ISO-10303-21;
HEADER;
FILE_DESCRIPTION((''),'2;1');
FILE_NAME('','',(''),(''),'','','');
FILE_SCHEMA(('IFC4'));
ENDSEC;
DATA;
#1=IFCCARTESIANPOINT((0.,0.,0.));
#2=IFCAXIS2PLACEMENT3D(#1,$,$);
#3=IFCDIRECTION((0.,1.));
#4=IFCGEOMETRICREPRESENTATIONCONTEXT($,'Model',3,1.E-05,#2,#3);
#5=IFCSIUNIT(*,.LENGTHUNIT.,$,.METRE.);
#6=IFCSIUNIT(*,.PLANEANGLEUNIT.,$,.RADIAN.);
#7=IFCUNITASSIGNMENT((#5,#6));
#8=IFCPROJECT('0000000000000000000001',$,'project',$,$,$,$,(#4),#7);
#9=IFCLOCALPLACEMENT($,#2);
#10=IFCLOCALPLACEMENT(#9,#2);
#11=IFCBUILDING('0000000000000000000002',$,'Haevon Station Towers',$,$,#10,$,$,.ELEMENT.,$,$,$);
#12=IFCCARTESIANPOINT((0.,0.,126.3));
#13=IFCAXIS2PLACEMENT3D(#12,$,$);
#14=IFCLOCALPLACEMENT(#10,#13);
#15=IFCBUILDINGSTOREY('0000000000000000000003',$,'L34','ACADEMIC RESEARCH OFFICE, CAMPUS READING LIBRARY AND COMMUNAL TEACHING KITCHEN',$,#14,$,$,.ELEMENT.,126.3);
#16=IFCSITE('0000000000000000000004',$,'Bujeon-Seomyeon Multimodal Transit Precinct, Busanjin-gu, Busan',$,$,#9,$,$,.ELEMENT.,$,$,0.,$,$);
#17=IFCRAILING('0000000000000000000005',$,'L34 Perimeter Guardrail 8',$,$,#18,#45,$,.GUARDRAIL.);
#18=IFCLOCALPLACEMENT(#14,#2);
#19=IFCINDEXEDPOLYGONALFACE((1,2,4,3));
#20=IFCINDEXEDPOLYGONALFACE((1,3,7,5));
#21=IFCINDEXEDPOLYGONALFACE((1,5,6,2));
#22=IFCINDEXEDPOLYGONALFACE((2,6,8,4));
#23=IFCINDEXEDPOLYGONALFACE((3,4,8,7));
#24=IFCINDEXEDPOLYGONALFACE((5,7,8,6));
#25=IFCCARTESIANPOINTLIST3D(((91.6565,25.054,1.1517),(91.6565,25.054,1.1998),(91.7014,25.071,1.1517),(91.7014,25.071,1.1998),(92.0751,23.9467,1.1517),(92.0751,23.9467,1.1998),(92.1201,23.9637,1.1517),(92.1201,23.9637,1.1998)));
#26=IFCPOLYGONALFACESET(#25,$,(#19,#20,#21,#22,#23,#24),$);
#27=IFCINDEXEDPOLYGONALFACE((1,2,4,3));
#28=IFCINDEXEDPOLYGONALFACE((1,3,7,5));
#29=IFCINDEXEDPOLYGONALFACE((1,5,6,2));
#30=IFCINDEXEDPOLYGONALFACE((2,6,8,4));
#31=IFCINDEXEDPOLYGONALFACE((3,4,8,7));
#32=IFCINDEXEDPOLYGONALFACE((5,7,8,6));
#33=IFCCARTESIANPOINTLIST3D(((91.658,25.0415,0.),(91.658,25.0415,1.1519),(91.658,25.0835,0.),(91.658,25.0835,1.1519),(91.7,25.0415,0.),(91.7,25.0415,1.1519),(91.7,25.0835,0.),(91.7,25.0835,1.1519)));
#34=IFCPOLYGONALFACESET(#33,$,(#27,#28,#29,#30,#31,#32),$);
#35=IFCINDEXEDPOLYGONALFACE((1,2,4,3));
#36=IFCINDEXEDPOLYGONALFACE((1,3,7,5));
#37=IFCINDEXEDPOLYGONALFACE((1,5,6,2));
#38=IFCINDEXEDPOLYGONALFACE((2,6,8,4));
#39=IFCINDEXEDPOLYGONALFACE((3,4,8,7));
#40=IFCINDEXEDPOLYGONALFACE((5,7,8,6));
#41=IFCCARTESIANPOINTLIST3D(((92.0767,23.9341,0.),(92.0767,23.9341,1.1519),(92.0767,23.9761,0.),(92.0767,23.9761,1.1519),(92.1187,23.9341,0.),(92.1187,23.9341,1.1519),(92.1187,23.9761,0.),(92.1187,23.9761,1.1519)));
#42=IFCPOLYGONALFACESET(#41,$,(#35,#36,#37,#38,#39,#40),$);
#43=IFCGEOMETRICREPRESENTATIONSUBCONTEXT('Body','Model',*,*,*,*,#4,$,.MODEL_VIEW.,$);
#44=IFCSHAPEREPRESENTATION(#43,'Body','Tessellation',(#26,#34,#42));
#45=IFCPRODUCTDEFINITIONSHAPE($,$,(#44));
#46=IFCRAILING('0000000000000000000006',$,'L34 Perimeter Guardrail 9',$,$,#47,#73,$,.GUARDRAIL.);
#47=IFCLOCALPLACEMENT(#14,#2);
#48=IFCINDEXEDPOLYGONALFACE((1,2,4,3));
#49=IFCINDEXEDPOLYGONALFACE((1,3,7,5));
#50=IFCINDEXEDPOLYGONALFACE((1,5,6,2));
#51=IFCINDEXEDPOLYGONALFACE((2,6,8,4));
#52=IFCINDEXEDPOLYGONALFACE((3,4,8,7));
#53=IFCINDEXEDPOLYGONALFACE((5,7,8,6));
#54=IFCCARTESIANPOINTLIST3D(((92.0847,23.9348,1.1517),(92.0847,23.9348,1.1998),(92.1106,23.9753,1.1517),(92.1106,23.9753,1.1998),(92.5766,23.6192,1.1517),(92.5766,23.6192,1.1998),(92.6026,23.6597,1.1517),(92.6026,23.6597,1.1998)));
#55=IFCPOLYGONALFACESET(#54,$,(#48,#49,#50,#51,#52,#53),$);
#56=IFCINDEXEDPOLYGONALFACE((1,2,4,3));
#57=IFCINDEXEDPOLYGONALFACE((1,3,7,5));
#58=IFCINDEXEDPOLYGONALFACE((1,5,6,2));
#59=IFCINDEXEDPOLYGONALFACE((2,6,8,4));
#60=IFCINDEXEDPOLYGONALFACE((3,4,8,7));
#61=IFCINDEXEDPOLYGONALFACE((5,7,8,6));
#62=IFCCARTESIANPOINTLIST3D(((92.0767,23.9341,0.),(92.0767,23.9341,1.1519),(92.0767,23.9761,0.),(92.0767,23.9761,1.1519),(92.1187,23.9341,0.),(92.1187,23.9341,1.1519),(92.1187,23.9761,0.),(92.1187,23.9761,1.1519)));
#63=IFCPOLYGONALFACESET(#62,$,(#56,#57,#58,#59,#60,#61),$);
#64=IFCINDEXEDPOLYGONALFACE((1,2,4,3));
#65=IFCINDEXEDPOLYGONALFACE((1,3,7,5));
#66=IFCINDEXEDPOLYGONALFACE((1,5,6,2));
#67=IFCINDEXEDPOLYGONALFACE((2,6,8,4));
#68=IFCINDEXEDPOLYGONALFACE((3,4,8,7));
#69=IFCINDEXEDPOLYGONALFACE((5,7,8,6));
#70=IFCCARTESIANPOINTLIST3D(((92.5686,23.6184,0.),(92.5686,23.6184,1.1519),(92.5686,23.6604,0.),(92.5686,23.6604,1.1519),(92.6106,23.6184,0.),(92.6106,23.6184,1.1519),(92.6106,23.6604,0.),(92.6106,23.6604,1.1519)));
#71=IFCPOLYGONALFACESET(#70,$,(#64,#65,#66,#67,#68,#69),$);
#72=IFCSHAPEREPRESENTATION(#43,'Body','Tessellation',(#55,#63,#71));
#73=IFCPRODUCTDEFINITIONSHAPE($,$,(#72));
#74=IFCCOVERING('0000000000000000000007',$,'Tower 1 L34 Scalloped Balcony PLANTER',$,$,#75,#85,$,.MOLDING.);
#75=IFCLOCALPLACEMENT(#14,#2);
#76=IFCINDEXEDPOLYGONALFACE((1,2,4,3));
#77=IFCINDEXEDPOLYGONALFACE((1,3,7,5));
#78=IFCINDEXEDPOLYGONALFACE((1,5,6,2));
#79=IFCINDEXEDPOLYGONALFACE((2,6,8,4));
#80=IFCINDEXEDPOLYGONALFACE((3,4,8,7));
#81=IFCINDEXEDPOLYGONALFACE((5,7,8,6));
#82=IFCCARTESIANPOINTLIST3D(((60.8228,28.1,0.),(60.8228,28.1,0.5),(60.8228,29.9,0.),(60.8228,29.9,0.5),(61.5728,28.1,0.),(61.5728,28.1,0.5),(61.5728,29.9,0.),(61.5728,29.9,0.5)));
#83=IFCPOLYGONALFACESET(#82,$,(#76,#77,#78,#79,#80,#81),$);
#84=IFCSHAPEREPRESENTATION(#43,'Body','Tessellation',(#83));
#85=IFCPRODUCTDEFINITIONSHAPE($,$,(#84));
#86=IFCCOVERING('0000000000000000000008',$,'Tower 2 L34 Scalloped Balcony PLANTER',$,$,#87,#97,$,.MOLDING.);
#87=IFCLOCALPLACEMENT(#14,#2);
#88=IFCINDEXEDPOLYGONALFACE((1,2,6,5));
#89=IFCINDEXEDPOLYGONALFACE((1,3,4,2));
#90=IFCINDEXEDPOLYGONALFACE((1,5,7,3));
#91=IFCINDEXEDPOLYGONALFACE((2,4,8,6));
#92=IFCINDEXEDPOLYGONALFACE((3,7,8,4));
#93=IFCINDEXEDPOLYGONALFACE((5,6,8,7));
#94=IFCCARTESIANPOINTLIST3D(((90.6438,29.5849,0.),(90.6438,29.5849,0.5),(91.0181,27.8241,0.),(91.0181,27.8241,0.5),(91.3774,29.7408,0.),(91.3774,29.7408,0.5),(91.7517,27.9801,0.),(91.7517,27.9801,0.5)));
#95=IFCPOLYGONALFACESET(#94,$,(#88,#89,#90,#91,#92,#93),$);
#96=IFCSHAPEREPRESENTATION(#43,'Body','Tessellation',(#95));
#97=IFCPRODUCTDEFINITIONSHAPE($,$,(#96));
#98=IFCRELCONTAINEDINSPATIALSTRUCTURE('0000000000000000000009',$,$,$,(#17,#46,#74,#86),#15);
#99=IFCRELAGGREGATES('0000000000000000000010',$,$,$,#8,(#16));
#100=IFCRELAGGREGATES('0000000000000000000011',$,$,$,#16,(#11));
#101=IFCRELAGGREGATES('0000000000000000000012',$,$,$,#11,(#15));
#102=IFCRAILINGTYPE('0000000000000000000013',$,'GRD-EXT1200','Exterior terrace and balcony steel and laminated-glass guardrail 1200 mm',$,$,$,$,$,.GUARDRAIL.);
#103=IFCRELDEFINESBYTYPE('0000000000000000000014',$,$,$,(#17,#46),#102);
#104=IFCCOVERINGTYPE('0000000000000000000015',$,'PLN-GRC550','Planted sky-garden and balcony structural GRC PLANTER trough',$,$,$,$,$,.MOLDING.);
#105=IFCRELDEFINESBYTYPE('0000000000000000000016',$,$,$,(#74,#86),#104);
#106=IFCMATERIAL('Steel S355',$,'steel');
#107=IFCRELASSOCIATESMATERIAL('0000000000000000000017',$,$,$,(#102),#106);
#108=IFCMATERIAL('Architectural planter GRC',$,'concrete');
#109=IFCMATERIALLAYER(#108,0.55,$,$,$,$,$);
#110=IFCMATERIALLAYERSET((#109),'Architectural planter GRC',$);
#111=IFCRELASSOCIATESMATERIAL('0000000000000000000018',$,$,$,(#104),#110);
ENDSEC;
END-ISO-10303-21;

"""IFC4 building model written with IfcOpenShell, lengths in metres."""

from ifc_helpers import new_model, si_unit, direction, frame, origin, origin_2d, place, context, subcontext, project, spatial, rectangle, extrude, material, layer, layer_set, type_object, element, save


model = new_model("IFC4")

# Units and contexts
model_context = context("Model", 3, precision=1e-05, world=origin(), true_north=direction((0.0, 1.0)))
body_context = subcontext(model_context, "Body", "Model", "MODEL_VIEW")
ifc_project = project(units=[si_unit("LENGTHUNIT", "METRE"), si_unit("PLANEANGLEUNIT", "RADIAN")], contexts=[model_context])

# Site, building, storey
site_placement = place(None, origin())
site = spatial("IfcSite", under=ifc_project, at=site_placement, Name="Bujeon-Seomyeon Multimodal Transit Precinct, Busanjin-gu, Busan", CompositionType="ELEMENT", RefElevation=0.0)
building_placement = place(site_placement, origin())
building = spatial("IfcBuilding", under=site, at=building_placement, Name="Haevon Station Towers", CompositionType="ELEMENT")
storey_placement = place(building_placement, frame((0.0, 0.0, 126.3)))
storey = spatial("IfcBuildingStorey", under=building, at=storey_placement, Name="L34", Description="ACADEMIC RESEARCH OFFICE, CAMPUS READING LIBRARY AND COMMUNAL TEACHING KITCHEN", CompositionType="ELEMENT", Elevation=126.3)

# Shared definitions
ifc_material_1 = material(Name="Steel S355", Category="steel")

# Railings
railing_type = type_object("IfcRailingType", Name="GRD-EXT1200", Description="Exterior terrace and balcony steel and laminated-glass guardrail 1200 mm", PredefinedType="GUARDRAIL", material=ifc_material_1)
railing_1_placement = place(storey_placement, frame((91.679, 25.0625, 0.0)))
element("IfcRailing", 1, at=railing_1_placement, inside=storey, type_object=railing_type, Name="L34 Perimeter Guardrail 8", PredefinedType="GUARDRAIL", context=body_context, shape_type="SweptSolid", body=[
    extrude(rectangle(XDim=0.0481, YDim=0.0481, at=origin_2d()), frame((0.0, 0.0, 1.1758), z_axis=(0.353653, -0.935377, 0.0), x_axis=(0.935377, 0.353653, 0.0)), (0.0, 0.0, 1.0), 1.1838),
    extrude(rectangle(XDim=0.042, YDim=0.042, at=origin_2d()), origin(), (0.0, 0.0, 1.0), 1.1519),
    extrude(rectangle(XDim=0.042, YDim=0.042, at=origin_2d()), frame((0.4187, -1.1074, 0.0)), (0.0, 0.0, 1.0), 1.1519),
])
railing_2_placement = place(storey_placement, frame((92.0977, 23.9551, 0.0)))
element("IfcRailing", 2, at=railing_2_placement, inside=storey, type_object=railing_type, Name="L34 Perimeter Guardrail 9", PredefinedType="GUARDRAIL", context=body_context, shape_type="SweptSolid", body=[
    extrude(rectangle(XDim=0.0481, YDim=0.0481, at=origin_2d()), frame((0.0, 0.0, 1.1758), z_axis=(0.841626, -0.540061, 0.0), x_axis=(0.540061, 0.841626, 0.0)), (0.0, 0.0, 1.0), 0.5845),
    extrude(rectangle(XDim=0.042, YDim=0.042, at=origin_2d()), origin(), (0.0, 0.0, 1.0), 1.1519),
    extrude(rectangle(XDim=0.042, YDim=0.042, at=origin_2d()), frame((0.4919, -0.3157, 0.0)), (0.0, 0.0, 1.0), 1.1519),
])

# Coverings
ifc_material_2 = material(Name="Architectural planter GRC", Category="concrete")
ifc_layer_1 = layer(ifc_material_2, 0.55)
ifc_layer_set_1 = layer_set([ifc_layer_1], Name="Architectural planter GRC")
covering_type = type_object("IfcCoveringType", Name="PLN-GRC550", Description="Planted sky-garden and balcony structural GRC PLANTER trough", PredefinedType="MOLDING", material=ifc_layer_set_1)
for number, where, z_axis, x_axis, name in (
    (3, (61.1978, 29.0, 0.0), (0.0, 0.0, 1.0), (1.0, 0.0, 0.0), "Tower 1 L34 Scalloped Balcony PLANTER"),
    (4, (91.1978, 28.7825, 0.0), (0.0, 0.0, 1.0), (0.978148, 0.207912, 0.0), "Tower 2 L34 Scalloped Balcony PLANTER"),
):
    element("IfcCovering", number, at=place(storey_placement, frame(where, z_axis=z_axis, x_axis=x_axis)), inside=storey, type_object=covering_type, Name=name, PredefinedType="MOLDING", context=body_context, shape_type="SweptSolid", body=[
        extrude(rectangle(XDim=0.75, YDim=1.8, at=origin_2d()), origin(), (0.0, 0.0, 1.0), 0.5),
    ])

save(model, "model.ifc")
